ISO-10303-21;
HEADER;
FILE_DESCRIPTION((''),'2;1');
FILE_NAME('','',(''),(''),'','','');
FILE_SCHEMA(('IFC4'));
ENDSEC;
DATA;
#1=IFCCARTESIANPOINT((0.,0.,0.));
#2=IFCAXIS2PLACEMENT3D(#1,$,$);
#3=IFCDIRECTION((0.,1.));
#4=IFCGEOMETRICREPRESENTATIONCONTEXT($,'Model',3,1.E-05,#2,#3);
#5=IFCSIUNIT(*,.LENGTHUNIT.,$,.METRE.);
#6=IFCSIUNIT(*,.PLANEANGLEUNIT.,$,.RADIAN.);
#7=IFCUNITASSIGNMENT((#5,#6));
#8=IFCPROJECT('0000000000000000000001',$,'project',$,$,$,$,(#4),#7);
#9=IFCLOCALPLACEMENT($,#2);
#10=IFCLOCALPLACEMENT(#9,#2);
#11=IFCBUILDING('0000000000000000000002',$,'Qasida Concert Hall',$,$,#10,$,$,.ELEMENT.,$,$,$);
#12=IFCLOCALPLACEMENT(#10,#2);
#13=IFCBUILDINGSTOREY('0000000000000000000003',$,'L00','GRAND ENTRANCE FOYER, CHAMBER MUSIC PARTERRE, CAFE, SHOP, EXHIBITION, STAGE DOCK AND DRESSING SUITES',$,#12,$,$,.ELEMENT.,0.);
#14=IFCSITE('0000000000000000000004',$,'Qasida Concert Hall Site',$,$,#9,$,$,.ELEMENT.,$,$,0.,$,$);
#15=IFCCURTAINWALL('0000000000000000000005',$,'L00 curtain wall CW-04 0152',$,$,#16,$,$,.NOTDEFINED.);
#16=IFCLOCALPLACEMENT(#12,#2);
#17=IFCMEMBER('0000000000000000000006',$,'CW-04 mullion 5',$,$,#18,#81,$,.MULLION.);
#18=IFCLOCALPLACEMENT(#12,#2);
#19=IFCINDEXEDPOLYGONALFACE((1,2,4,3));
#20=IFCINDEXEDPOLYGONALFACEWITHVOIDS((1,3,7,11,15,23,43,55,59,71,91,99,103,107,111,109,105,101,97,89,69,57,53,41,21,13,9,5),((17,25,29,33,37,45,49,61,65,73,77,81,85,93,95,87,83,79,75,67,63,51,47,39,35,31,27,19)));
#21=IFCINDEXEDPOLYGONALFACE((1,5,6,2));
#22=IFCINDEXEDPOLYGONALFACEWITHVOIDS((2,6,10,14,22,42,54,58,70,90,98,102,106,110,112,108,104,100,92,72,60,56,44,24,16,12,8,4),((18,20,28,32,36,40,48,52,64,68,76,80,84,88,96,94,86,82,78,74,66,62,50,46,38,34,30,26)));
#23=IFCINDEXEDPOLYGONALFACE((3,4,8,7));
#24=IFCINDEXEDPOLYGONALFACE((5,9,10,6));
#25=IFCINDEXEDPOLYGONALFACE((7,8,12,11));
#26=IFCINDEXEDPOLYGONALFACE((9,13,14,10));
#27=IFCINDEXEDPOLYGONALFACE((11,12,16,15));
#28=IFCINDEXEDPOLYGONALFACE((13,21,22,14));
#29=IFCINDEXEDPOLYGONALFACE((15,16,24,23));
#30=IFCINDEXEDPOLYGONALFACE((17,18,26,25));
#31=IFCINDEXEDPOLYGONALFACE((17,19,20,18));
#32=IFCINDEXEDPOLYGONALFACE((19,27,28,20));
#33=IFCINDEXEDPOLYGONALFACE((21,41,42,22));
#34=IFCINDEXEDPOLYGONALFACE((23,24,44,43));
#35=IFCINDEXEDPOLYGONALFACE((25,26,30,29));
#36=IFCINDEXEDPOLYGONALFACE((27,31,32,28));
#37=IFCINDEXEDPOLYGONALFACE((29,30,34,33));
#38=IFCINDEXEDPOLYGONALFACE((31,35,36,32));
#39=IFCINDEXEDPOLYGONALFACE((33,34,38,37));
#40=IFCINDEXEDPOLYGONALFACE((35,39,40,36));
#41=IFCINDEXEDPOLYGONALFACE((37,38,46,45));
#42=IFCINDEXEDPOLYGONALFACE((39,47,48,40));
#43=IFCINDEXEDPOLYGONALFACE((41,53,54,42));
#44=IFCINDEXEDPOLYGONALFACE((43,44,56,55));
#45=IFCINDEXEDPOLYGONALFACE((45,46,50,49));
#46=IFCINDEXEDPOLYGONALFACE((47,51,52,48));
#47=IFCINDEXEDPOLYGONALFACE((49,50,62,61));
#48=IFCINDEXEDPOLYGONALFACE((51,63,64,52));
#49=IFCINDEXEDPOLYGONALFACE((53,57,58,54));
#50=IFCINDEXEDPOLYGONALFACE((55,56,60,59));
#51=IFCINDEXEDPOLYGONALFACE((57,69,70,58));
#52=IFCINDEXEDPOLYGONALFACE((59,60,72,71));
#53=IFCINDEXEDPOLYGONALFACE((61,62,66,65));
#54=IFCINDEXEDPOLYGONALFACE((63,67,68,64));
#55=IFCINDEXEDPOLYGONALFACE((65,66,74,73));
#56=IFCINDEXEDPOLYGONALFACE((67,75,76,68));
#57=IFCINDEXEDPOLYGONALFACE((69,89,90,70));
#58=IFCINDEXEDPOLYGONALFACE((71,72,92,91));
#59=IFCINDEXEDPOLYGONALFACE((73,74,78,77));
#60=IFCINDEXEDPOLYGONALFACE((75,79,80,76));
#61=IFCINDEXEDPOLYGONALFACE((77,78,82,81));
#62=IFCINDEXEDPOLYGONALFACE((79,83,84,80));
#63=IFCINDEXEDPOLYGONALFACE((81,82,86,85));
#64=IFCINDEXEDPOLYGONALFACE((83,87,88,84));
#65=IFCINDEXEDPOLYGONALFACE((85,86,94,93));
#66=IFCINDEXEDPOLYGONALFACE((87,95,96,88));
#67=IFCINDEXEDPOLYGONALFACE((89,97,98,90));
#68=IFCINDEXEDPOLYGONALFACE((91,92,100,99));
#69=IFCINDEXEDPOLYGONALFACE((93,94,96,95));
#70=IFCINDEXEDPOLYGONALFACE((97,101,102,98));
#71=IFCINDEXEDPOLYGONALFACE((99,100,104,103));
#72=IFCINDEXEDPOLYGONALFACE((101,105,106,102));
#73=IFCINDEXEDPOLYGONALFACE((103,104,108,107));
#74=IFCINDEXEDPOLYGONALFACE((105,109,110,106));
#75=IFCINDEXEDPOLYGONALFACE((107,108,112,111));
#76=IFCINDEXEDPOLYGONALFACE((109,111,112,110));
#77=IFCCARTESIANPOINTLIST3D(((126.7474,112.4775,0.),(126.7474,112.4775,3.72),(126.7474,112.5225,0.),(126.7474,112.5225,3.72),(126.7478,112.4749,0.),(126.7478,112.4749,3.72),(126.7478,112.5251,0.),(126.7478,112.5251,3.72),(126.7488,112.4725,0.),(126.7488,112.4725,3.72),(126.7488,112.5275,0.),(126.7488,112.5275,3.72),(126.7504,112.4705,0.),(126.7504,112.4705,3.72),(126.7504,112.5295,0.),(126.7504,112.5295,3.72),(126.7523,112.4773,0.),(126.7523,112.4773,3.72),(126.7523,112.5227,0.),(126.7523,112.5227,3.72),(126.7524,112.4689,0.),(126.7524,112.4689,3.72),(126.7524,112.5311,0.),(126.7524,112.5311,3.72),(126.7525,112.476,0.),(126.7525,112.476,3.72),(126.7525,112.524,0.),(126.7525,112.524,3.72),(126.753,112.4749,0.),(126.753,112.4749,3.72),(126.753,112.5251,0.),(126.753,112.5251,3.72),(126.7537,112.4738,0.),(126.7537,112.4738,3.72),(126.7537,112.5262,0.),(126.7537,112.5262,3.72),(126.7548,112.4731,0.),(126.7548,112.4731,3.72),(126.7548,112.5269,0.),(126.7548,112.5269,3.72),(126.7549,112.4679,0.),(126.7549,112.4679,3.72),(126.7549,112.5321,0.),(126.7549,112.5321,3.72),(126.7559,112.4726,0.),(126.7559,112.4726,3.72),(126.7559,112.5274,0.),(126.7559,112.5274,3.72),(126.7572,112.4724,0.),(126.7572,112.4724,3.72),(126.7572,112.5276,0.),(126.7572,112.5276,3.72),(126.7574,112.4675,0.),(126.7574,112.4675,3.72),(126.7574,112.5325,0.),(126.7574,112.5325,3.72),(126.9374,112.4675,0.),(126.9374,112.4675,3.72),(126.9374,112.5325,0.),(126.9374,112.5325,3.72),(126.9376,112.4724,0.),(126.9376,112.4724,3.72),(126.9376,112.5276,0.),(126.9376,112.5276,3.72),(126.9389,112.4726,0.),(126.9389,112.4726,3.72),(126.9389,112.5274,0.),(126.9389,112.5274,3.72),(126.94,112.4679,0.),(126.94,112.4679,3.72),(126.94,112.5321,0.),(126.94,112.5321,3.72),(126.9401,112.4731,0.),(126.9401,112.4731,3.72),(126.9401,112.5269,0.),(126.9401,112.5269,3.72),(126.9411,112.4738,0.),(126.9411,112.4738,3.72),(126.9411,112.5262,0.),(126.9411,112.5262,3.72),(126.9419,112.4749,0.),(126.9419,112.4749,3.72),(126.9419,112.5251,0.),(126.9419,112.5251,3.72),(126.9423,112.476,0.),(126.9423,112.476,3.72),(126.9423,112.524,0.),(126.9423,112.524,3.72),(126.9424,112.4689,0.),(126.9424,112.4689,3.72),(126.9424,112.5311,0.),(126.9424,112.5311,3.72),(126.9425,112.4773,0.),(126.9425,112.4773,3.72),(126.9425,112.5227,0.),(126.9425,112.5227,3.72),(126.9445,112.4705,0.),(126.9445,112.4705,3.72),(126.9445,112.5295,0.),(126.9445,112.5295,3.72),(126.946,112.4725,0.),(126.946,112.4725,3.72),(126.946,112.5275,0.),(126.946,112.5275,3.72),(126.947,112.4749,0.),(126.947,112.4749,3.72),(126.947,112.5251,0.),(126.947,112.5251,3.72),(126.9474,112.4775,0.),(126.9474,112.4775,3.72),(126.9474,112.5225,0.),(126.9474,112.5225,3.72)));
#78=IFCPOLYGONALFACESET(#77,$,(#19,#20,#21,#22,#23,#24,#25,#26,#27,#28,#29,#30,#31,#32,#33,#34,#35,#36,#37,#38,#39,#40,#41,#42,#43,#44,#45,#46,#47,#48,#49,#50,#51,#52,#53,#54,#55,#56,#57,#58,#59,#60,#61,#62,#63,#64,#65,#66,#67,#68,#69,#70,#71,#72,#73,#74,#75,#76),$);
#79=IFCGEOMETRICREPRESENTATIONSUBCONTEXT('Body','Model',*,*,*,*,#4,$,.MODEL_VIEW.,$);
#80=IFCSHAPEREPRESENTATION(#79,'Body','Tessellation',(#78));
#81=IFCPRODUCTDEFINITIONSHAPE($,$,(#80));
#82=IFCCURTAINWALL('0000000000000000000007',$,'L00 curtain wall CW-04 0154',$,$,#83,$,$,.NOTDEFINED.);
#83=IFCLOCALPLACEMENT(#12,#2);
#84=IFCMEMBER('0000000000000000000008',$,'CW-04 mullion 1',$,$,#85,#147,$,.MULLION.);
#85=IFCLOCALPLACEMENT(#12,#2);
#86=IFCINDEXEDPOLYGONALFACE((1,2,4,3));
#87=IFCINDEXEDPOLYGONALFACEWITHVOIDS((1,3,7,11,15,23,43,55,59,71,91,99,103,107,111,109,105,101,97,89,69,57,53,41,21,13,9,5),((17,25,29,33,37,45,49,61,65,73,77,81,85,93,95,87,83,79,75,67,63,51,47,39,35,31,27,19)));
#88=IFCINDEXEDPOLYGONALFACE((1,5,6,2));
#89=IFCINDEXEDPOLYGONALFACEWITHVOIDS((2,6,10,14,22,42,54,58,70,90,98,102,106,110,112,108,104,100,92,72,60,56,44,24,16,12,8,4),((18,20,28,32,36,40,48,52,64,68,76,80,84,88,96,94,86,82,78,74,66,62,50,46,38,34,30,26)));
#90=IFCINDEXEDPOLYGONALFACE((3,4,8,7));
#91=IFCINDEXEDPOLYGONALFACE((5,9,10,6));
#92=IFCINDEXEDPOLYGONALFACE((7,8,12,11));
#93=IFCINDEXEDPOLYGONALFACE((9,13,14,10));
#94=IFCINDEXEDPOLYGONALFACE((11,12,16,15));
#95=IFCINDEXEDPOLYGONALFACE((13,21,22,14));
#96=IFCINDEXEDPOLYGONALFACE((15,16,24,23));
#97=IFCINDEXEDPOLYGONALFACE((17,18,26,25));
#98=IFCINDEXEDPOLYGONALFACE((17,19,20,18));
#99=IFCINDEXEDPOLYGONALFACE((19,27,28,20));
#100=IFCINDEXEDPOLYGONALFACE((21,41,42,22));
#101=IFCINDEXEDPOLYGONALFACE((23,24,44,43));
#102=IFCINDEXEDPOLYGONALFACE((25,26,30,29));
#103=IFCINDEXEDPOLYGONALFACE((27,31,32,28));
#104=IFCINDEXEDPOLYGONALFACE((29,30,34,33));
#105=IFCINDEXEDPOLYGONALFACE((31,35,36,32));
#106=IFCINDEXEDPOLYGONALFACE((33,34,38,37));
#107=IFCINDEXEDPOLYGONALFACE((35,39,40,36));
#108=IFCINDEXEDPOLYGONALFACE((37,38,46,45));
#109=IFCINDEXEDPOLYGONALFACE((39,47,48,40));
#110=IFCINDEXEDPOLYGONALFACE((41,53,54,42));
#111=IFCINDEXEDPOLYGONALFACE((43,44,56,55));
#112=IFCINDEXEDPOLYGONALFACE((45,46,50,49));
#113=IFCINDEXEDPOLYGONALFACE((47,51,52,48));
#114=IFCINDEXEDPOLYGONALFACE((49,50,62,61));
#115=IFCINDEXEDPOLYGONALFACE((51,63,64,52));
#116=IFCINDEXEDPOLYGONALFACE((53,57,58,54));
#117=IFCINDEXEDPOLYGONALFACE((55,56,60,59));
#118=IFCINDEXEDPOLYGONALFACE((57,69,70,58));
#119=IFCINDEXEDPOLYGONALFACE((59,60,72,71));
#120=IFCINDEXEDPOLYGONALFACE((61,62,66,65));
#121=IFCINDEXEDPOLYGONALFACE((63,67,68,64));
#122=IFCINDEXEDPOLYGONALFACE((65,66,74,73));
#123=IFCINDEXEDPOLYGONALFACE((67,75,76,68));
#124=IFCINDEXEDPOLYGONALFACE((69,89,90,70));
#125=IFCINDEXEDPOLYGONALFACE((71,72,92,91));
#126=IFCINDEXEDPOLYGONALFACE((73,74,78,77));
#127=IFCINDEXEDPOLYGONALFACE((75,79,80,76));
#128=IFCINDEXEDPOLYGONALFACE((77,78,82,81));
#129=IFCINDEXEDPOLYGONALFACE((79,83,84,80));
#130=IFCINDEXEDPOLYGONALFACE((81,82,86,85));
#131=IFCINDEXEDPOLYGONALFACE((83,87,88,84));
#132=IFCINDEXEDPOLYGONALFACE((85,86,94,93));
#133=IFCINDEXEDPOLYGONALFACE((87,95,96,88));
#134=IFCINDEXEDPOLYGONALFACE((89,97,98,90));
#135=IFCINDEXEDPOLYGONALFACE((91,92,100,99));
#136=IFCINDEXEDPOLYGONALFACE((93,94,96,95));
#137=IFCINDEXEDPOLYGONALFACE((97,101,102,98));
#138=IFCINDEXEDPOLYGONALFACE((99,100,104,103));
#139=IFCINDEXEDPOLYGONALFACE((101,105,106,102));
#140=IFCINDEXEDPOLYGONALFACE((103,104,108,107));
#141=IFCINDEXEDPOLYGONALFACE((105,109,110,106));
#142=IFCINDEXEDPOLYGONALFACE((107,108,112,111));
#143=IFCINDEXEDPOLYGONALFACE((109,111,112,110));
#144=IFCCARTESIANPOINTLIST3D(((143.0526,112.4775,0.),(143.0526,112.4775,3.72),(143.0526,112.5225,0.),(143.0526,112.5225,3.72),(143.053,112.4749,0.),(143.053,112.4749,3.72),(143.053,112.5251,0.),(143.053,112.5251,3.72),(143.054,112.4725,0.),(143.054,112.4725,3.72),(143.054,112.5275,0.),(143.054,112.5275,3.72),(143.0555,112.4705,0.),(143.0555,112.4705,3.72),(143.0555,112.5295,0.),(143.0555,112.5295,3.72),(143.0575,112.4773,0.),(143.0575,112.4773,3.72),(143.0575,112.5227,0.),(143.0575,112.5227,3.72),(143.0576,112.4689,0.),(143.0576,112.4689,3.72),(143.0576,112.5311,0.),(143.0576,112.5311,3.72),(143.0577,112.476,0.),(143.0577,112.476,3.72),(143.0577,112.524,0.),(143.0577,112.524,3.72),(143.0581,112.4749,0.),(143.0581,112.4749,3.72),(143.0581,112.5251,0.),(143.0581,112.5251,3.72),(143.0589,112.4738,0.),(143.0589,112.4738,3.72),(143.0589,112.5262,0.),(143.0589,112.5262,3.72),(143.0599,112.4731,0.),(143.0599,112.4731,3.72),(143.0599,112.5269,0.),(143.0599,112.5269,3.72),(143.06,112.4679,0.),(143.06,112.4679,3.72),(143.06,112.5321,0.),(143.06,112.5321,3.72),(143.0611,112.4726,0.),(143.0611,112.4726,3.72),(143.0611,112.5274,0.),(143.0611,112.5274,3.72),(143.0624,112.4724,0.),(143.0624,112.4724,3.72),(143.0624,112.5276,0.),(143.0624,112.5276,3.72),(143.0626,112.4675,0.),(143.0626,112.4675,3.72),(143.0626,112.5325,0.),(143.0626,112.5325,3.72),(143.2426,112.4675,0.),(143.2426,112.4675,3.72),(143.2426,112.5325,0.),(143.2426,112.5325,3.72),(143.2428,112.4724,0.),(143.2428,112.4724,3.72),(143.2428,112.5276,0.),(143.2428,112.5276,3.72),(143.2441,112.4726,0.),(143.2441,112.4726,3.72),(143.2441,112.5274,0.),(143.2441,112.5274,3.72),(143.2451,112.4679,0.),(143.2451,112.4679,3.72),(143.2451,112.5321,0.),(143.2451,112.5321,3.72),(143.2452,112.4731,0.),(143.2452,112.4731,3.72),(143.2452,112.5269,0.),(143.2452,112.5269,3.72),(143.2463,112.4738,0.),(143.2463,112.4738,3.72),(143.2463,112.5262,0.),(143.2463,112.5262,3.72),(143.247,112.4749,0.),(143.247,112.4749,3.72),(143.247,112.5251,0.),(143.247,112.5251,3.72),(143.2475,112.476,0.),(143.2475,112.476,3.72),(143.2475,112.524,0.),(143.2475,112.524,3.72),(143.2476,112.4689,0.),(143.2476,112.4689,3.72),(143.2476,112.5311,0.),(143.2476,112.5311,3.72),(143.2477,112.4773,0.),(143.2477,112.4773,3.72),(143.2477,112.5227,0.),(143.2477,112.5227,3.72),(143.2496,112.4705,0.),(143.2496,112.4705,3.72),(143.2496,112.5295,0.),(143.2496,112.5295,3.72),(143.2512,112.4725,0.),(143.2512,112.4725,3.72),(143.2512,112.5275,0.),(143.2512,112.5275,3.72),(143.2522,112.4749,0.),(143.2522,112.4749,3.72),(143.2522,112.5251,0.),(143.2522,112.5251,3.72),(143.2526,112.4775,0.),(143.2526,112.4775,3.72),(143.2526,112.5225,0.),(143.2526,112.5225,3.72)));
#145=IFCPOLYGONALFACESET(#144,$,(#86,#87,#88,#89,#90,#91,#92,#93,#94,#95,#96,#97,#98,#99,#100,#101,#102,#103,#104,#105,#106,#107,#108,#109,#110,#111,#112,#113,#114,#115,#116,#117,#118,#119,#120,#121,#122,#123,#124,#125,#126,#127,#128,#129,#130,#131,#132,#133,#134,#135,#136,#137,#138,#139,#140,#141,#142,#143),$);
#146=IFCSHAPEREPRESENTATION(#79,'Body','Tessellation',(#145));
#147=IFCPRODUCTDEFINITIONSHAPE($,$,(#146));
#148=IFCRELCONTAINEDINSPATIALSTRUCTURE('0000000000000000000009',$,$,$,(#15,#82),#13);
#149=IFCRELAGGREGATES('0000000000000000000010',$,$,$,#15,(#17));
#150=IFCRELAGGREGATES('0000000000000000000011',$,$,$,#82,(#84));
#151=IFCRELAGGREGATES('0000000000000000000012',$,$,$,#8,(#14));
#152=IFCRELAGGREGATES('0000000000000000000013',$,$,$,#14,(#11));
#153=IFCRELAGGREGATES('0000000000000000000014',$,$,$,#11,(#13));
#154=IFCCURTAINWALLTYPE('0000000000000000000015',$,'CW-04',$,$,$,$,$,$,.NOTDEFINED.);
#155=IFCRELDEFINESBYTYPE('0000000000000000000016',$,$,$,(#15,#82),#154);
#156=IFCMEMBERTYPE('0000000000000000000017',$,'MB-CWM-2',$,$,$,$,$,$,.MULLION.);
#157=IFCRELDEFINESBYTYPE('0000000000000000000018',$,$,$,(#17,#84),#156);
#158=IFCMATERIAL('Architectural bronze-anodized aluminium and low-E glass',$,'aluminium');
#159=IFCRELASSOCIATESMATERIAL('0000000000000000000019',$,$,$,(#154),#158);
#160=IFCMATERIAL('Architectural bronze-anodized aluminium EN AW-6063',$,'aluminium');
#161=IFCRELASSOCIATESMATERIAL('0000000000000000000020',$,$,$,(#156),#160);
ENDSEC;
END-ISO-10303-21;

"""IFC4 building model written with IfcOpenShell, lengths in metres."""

from ifc_helpers import new_model, si_unit, direction, frame, origin, origin_2d, place, context, subcontext, project, spatial, hollow_rectangle, extrude, material, material_profile, profile_set, type_object, element, aggregate, save


model = new_model("IFC4")

# Units and contexts
model_context = context("Model", 3, precision=1e-05, world=origin(), true_north=direction((0.0, 1.0)))
body_context = subcontext(model_context, "Body", "Model", "MODEL_VIEW")
ifc_project = project(units=[si_unit("LENGTHUNIT", "METRE"), si_unit("PLANEANGLEUNIT", "RADIAN")], contexts=[model_context])

# Site, building, storey
site_placement = place(None, origin())
site = spatial("IfcSite", under=ifc_project, at=site_placement, Name="Qasida Concert Hall Site", CompositionType="ELEMENT", RefElevation=0.0)
building_placement = place(site_placement, origin())
building = spatial("IfcBuilding", under=site, at=building_placement, Name="Qasida Concert Hall", CompositionType="ELEMENT")
storey_placement = place(building_placement, origin())
storey = spatial("IfcBuildingStorey", under=building, at=storey_placement, Name="L00", Description="GRAND ENTRANCE FOYER, CHAMBER MUSIC PARTERRE, CAFE, SHOP, EXHIBITION, STAGE DOCK AND DRESSING SUITES", CompositionType="ELEMENT", Elevation=0.0)

# Curtain wall, member
ifc_material_1 = material(Name="Architectural bronze-anodized aluminium and low-E glass", Category="aluminium")
curtain_wall_type = type_object("IfcCurtainWallType", Name="CW-04", PredefinedType="NOTDEFINED", material=ifc_material_1)
curtain_wall_1_placement = place(storey_placement, origin())
curtain_wall_1 = element("IfcCurtainWall", 1, at=curtain_wall_1_placement, inside=storey, type_object=curtain_wall_type, Name="L00 curtain wall CW-04 0152", PredefinedType="NOTDEFINED")
ifc_material_2 = material(Name="Architectural bronze-anodized aluminium EN AW-6063", Category="aluminium")
ifc_material_profile_1 = material_profile(ifc_material_2, hollow_rectangle(XDim=0.0649, YDim=0.2, WallThickness=0.0049, InnerFilletRadius=0.0049, OuterFilletRadius=0.01, at=origin_2d()), Name="CWM 200x65x5")
ifc_profile_set_1 = profile_set([ifc_material_profile_1], Name="Architectural bronze-anodized aluminium EN AW-6063")
member_type_1 = type_object("IfcMemberType", Name="MB-CWM-2", PredefinedType="MULLION", material=ifc_profile_set_1)
member_1_placement = place(storey_placement, frame((126.8474, 112.5, 0.0), z_axis=(0.0, 0.0, 1.0), x_axis=(0.0, 1.0, 0.0)))
member_1 = element("IfcMember", 2, at=member_1_placement, type_object=member_type_1, Name="CW-04 mullion 5", PredefinedType="MULLION", context=body_context, shape_type="SweptSolid", body=[
    extrude(hollow_rectangle(XDim=0.0649, YDim=0.2, WallThickness=0.0049, InnerFilletRadius=0.0049, OuterFilletRadius=0.01, at=origin_2d()), origin(), (0.0, 0.0, 1.0), 3.72),
])
aggregate(curtain_wall_1, [member_1])

# Curtain wall, member
curtain_wall_2_placement = place(storey_placement, origin())
curtain_wall_2 = element("IfcCurtainWall", 3, at=curtain_wall_2_placement, inside=storey, type_object=curtain_wall_type, Name="L00 curtain wall CW-04 0154", PredefinedType="NOTDEFINED")
member_2_placement = place(storey_placement, frame((143.1526, 112.5, 0.0), z_axis=(0.0, 0.0, 1.0), x_axis=(0.0, 1.0, 0.0)))
member_2 = element("IfcMember", 4, at=member_2_placement, type_object=member_type_1, Name="CW-04 mullion 1", PredefinedType="MULLION", context=body_context, shape_type="SweptSolid", body=[
    extrude(hollow_rectangle(XDim=0.0649, YDim=0.2, WallThickness=0.0049, InnerFilletRadius=0.0049, OuterFilletRadius=0.01, at=origin_2d()), origin(), (0.0, 0.0, 1.0), 3.72),
])
aggregate(curtain_wall_2, [member_2])

save(model, "model.ifc")
